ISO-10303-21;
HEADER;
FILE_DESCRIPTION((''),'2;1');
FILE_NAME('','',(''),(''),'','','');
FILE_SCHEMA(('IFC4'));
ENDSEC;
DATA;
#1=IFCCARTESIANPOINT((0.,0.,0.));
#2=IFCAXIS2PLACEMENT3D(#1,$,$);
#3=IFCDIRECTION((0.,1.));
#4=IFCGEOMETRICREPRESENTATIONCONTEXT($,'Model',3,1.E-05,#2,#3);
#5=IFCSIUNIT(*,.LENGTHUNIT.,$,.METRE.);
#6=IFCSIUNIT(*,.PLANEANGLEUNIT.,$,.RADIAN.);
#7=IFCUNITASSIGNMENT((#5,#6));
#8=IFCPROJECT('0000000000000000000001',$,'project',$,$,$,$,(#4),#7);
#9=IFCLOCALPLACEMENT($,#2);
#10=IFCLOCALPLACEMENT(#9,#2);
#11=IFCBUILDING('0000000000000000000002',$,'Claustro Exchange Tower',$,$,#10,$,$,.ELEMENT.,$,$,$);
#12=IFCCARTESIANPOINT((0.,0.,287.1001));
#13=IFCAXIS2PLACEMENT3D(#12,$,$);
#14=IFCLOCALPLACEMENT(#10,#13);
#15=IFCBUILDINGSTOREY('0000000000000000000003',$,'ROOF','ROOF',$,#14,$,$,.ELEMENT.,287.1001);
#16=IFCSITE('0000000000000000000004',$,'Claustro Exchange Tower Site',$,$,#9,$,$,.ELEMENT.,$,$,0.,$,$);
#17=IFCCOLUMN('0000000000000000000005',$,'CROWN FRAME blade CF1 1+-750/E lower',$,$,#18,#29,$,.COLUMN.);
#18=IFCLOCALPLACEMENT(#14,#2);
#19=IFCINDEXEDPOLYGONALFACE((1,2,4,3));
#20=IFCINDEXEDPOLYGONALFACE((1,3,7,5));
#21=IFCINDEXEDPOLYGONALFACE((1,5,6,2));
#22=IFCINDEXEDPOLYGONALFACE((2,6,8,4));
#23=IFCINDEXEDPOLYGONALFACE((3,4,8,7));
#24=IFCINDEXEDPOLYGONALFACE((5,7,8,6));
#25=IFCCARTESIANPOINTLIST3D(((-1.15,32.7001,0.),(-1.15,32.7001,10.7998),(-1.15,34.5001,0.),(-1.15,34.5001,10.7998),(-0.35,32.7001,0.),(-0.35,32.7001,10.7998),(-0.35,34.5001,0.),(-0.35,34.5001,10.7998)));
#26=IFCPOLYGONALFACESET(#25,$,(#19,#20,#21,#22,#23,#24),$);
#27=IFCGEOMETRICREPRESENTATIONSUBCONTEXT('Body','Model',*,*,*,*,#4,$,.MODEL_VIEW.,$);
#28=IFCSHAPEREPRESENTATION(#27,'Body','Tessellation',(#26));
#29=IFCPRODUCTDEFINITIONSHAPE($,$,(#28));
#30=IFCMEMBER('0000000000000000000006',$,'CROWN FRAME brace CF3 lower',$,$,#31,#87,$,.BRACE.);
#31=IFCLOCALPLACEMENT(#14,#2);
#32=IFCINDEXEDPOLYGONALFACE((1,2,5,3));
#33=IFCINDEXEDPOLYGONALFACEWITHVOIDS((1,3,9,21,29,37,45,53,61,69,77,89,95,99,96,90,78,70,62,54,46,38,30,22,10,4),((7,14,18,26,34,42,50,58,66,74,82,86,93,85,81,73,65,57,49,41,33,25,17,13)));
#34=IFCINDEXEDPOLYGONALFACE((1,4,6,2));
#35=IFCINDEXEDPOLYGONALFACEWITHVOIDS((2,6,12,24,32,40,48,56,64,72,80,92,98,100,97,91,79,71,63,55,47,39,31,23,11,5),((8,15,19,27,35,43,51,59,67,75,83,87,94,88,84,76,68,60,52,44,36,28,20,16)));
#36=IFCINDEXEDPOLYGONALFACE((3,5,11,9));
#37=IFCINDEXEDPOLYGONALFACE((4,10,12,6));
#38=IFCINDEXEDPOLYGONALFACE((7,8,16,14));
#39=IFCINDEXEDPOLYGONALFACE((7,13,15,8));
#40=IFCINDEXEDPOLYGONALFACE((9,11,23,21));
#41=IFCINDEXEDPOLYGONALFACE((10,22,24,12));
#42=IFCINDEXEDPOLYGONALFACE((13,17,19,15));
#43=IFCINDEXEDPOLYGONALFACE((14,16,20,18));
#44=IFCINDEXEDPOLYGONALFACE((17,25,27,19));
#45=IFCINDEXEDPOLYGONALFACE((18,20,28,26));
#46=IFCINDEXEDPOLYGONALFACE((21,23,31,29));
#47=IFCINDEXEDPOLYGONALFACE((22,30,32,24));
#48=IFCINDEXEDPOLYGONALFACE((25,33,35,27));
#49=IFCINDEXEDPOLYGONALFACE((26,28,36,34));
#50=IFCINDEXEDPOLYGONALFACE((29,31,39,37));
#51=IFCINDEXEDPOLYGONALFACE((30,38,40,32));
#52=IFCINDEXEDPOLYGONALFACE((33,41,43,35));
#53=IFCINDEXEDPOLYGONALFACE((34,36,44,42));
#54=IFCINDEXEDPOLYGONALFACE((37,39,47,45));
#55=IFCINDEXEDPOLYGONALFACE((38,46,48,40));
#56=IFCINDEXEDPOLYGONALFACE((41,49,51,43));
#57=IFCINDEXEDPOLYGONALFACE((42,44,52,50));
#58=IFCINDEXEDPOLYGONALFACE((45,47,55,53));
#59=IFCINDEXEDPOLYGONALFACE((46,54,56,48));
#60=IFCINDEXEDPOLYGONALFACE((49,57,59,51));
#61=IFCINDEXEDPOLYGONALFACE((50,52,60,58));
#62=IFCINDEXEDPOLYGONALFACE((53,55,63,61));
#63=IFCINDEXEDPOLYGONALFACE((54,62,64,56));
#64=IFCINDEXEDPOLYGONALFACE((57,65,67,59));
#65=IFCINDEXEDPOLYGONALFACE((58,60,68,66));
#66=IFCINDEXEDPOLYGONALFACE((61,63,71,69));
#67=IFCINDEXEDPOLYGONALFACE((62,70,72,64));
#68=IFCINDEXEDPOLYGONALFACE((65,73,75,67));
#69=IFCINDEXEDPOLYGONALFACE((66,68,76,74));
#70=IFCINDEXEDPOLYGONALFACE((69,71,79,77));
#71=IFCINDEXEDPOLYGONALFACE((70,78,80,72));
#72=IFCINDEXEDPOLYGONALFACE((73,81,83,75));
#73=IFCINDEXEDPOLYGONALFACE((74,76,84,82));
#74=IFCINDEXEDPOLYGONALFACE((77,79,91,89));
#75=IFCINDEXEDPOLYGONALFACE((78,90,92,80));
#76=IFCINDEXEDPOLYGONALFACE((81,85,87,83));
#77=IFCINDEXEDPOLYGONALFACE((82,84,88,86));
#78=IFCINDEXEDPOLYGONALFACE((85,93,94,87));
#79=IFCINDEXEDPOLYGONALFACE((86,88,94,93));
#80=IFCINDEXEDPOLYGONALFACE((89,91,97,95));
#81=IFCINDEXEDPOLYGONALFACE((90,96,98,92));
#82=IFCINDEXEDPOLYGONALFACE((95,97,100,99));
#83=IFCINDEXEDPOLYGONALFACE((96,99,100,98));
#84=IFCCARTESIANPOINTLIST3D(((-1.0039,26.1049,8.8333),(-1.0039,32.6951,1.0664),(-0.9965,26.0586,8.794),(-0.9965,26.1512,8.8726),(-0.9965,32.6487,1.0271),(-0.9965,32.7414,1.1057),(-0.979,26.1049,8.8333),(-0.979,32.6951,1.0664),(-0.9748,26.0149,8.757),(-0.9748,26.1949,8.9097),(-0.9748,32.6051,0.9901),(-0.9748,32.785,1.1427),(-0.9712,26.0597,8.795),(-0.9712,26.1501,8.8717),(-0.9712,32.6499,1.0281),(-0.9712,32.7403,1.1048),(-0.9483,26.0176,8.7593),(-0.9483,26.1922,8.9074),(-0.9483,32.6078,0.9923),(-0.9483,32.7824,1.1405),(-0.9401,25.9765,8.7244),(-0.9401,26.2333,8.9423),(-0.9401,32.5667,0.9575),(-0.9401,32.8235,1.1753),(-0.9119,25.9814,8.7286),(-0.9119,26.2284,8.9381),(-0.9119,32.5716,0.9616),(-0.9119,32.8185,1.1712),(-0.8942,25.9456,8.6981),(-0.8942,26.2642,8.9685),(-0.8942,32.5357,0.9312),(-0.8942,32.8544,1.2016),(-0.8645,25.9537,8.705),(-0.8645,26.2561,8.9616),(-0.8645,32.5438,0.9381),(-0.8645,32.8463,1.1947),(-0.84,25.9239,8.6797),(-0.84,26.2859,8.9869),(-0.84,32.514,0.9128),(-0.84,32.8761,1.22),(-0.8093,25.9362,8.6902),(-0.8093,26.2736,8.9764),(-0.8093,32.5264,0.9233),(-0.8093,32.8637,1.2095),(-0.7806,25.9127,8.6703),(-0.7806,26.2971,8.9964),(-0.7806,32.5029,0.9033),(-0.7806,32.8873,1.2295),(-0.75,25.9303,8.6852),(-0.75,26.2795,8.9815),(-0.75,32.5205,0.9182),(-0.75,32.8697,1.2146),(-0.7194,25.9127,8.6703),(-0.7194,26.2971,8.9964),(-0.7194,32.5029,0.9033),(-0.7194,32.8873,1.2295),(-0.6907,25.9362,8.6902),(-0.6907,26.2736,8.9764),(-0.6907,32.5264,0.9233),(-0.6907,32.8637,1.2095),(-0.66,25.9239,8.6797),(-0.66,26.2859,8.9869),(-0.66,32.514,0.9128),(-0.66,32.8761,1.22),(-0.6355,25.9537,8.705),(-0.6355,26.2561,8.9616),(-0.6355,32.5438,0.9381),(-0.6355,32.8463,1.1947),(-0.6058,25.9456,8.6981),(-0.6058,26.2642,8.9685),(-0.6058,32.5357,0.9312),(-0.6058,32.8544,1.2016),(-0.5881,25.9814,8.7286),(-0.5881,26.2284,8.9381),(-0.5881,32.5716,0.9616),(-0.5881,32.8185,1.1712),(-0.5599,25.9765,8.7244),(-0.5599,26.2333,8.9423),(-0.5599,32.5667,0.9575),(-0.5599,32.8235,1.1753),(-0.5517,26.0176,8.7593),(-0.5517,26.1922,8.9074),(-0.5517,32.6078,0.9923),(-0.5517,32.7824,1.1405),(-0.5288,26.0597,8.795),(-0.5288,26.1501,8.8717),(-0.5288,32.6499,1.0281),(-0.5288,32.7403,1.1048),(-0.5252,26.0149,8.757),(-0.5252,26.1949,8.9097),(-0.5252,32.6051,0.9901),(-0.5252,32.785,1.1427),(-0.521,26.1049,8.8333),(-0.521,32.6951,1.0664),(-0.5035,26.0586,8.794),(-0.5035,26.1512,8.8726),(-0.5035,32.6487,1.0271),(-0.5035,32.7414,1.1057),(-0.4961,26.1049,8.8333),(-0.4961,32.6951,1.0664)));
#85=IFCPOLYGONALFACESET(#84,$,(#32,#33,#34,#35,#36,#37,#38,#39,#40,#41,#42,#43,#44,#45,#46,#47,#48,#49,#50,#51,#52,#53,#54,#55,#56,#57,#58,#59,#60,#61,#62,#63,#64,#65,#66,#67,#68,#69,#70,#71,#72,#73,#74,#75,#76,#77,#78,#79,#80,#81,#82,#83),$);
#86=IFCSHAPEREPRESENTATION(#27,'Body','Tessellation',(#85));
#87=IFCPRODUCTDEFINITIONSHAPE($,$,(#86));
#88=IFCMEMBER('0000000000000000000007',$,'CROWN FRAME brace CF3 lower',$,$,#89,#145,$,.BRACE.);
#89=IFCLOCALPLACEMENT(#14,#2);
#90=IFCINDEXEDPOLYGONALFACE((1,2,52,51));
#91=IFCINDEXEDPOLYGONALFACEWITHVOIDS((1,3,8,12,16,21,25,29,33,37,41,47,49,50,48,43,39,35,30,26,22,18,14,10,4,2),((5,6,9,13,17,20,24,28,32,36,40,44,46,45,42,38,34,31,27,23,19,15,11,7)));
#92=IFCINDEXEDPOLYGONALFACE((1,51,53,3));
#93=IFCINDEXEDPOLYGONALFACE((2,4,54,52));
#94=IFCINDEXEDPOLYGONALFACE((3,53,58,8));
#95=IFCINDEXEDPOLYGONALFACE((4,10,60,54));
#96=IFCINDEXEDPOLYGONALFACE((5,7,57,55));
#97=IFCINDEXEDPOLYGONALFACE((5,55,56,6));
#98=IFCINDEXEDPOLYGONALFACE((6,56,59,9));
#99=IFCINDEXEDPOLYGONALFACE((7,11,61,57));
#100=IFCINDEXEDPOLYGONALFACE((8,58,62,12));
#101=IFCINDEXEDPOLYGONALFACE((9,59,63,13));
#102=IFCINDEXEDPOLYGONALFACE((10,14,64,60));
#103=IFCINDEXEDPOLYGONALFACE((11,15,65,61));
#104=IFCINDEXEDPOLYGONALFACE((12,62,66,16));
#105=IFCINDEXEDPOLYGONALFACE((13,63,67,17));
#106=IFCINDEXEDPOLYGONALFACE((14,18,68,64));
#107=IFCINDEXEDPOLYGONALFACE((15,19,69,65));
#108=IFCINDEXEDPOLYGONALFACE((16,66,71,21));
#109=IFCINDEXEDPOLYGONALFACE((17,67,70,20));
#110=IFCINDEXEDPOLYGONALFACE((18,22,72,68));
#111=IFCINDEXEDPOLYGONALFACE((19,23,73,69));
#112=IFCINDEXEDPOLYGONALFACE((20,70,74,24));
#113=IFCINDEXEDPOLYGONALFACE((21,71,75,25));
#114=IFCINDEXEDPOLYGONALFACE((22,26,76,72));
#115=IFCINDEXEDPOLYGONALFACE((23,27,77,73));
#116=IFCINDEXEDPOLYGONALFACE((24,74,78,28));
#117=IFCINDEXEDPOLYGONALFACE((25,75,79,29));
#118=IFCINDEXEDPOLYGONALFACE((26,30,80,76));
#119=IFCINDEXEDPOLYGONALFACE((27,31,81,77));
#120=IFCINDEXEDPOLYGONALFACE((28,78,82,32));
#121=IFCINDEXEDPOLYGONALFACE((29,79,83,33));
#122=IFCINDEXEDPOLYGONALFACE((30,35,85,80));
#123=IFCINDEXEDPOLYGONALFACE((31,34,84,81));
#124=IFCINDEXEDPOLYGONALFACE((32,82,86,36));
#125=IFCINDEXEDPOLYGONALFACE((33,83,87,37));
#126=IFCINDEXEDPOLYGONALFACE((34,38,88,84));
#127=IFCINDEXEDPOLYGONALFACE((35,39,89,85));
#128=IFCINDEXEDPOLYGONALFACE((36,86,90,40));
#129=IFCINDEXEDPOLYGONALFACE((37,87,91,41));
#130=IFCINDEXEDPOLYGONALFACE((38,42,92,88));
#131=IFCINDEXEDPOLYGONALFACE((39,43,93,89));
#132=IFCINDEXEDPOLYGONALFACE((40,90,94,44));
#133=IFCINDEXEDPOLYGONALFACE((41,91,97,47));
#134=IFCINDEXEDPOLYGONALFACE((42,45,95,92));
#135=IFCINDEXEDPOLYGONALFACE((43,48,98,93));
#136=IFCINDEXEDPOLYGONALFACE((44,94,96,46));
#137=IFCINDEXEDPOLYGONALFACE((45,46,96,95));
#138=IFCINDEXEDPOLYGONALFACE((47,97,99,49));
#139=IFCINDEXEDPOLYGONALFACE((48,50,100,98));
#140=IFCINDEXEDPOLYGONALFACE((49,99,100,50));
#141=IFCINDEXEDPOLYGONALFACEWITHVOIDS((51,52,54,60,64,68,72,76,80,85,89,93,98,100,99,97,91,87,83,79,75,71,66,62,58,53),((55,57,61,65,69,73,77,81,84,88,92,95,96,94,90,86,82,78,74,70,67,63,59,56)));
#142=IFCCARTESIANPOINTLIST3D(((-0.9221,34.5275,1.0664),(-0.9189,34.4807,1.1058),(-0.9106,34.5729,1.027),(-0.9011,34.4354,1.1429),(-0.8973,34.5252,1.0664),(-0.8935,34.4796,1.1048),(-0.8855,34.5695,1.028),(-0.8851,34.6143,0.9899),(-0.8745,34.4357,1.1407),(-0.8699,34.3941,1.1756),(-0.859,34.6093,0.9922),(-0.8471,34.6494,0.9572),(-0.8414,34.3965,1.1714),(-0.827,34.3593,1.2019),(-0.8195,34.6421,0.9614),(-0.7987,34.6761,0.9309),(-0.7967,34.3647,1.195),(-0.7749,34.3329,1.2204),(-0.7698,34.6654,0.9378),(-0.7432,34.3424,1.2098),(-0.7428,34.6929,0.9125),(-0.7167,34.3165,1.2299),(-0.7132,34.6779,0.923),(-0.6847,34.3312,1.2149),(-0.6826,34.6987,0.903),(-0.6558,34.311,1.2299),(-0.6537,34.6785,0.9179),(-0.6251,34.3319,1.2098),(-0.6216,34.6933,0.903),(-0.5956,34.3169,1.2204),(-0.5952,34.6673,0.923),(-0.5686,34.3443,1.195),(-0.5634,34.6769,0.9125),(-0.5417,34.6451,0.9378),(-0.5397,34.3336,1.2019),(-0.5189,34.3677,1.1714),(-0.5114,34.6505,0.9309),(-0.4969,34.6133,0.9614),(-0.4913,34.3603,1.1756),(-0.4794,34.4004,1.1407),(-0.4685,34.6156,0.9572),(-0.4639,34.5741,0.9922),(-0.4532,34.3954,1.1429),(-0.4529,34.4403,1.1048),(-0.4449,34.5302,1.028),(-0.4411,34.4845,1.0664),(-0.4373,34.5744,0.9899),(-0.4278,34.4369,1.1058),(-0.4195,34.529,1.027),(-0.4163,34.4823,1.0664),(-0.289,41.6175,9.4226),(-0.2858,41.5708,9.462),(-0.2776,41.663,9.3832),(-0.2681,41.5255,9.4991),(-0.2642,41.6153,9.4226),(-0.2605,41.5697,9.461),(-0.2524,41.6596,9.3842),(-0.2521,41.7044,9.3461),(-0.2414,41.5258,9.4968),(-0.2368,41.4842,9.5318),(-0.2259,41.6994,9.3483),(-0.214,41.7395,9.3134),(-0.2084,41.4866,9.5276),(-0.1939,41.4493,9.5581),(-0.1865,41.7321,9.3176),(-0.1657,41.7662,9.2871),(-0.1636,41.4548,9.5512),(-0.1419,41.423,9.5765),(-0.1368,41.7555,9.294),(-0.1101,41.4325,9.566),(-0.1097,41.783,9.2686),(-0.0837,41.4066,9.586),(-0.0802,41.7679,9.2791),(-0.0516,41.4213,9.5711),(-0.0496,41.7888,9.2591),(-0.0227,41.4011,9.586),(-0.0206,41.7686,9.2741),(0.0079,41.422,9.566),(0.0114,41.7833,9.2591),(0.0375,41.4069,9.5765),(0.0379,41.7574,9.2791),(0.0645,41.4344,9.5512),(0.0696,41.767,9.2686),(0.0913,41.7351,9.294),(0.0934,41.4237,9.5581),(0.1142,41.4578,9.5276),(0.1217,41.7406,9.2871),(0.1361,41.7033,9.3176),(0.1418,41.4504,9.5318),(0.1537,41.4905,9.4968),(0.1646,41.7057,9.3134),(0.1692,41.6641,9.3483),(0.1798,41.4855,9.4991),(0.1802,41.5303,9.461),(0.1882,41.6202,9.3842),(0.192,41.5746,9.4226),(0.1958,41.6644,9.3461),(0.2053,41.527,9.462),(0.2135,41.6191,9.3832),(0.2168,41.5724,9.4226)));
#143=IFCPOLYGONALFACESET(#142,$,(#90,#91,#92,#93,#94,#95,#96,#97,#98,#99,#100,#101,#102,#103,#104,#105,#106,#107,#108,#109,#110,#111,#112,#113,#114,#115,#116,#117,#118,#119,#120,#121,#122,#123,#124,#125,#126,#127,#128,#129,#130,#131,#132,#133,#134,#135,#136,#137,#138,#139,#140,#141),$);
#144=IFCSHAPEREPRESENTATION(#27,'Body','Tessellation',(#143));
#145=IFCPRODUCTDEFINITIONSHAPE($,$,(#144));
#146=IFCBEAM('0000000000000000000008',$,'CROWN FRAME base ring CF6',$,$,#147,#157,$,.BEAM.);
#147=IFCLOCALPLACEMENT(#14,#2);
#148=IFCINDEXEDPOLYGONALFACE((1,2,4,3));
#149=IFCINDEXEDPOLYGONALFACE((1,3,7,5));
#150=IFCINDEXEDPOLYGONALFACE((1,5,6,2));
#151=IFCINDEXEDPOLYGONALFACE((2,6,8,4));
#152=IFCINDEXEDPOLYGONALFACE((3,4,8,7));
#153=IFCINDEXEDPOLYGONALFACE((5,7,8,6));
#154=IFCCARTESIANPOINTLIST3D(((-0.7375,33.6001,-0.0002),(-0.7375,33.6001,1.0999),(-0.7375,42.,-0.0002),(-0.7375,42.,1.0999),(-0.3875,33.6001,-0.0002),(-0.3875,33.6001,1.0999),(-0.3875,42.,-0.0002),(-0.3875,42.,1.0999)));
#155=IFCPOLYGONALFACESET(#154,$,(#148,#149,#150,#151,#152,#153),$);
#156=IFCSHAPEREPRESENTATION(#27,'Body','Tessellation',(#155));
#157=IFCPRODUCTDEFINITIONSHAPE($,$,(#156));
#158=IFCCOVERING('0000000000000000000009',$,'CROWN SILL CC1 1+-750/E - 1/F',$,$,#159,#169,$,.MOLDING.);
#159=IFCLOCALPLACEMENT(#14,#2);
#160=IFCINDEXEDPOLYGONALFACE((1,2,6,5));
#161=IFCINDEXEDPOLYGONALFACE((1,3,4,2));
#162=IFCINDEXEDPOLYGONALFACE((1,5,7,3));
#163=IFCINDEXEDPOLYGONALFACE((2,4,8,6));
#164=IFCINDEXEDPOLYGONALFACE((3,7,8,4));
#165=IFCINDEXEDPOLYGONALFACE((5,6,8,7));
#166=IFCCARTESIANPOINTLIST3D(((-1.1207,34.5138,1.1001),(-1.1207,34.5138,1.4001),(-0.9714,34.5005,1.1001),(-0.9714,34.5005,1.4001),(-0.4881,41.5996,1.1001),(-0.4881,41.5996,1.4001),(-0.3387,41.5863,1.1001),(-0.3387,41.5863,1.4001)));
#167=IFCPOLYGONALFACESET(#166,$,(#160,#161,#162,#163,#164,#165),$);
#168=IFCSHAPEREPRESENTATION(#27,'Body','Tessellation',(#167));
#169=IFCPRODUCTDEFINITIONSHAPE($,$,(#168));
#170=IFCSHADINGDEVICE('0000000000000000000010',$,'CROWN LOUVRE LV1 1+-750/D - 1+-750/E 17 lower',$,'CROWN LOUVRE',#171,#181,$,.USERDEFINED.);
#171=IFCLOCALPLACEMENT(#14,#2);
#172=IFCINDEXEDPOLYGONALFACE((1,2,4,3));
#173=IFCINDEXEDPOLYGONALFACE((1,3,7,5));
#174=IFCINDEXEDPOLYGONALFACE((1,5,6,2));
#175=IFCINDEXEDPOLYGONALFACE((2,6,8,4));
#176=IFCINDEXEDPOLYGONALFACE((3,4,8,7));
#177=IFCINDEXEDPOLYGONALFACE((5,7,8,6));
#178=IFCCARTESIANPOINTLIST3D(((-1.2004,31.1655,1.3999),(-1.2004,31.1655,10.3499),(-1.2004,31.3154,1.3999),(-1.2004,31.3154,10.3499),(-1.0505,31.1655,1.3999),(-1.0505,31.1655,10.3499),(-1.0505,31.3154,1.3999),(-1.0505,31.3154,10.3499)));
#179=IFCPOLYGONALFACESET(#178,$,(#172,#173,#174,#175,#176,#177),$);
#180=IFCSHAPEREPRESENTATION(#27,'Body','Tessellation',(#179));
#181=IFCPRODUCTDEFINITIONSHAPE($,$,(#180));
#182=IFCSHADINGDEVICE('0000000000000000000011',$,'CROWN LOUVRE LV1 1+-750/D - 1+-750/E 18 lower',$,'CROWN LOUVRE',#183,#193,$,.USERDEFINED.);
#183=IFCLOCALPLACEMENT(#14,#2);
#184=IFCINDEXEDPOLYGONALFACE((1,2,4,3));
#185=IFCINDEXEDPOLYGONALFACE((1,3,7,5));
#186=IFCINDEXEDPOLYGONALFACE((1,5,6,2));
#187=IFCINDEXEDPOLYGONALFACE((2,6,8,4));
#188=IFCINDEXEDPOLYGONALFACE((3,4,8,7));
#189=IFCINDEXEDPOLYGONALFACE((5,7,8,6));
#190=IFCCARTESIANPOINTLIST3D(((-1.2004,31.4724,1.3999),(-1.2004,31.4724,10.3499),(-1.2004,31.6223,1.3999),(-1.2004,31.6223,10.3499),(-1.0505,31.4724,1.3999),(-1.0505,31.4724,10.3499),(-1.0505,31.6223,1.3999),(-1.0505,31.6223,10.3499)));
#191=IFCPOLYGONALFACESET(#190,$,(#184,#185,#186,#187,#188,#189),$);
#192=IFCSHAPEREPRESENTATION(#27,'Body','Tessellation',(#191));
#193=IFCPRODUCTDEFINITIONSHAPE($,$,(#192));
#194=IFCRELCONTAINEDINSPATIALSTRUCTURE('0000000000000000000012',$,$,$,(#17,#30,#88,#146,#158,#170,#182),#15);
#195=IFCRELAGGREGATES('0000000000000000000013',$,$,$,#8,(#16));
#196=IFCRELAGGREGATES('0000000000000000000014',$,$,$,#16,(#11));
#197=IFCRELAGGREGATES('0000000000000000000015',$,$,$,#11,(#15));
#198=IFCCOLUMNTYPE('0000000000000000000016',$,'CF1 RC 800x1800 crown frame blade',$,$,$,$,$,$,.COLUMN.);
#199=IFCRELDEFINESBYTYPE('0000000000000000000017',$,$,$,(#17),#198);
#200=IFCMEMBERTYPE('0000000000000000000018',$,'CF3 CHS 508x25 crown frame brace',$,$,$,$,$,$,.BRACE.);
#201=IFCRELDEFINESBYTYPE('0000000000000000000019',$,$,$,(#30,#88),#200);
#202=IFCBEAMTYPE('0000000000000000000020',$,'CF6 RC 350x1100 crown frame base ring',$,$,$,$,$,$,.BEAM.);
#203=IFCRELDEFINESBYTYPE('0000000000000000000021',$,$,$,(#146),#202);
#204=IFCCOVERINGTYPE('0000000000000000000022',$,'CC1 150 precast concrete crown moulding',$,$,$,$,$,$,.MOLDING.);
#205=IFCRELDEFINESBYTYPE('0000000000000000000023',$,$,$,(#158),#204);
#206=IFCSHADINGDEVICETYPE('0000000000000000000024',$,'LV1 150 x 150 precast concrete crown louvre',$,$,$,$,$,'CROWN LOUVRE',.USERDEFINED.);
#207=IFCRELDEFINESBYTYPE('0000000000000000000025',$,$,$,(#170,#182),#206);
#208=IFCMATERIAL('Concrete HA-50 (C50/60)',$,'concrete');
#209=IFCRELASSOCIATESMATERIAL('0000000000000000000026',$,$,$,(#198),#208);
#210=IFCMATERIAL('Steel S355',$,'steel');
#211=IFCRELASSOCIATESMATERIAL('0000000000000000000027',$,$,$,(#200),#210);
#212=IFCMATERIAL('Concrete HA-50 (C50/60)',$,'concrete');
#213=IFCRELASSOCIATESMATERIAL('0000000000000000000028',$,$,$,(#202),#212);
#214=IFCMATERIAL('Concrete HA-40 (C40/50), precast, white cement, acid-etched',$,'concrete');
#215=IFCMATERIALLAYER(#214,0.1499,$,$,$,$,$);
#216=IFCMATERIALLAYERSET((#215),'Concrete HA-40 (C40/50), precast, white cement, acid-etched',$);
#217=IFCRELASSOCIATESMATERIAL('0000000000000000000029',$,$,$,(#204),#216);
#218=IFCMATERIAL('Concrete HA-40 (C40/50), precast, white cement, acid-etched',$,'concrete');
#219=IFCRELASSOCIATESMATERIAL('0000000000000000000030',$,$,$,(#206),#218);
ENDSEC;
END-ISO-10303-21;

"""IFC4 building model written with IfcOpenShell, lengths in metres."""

from ifc_helpers import new_model, si_unit, direction, frame, origin, origin_2d, place, context, subcontext, project, spatial, rectangle, hollow_circle, extrude, material, layer, layer_set, material_profile, profile_set, type_object, element, save


model = new_model("IFC4")

# Units and contexts
model_context = context("Model", 3, precision=1e-05, world=origin(), true_north=direction((0.0, 1.0)))
body_context = subcontext(model_context, "Body", "Model", "MODEL_VIEW")
ifc_project = project(units=[si_unit("LENGTHUNIT", "METRE"), si_unit("PLANEANGLEUNIT", "RADIAN")], contexts=[model_context])

# Site, building, storey
site_placement = place(None, origin())
site = spatial("IfcSite", under=ifc_project, at=site_placement, Name="Claustro Exchange Tower Site", CompositionType="ELEMENT", RefElevation=0.0)
building_placement = place(site_placement, origin())
building = spatial("IfcBuilding", under=site, at=building_placement, Name="Claustro Exchange Tower", CompositionType="ELEMENT")
storey_placement = place(building_placement, frame((0.0, 0.0, 287.1001)))
storey = spatial("IfcBuildingStorey", under=building, at=storey_placement, Name="ROOF", Description="ROOF", CompositionType="ELEMENT", Elevation=287.1001)

# Column
ifc_material_1 = material(Name="Concrete HA-50 (C50/60)", Category="concrete")
ifc_material_profile_1 = material_profile(ifc_material_1, rectangle(XDim=0.8, YDim=1.8, at=origin_2d()), Name="RC 800x1800")
ifc_profile_set_1 = profile_set([ifc_material_profile_1], Name="Concrete HA-50 (C50/60)")
column_type = type_object("IfcColumnType", Name="CF1 RC 800x1800 crown frame blade", PredefinedType="COLUMN", material=ifc_profile_set_1)
column_placement = place(storey_placement, frame((-0.75, 33.6001, 0.0), z_axis=(0.0, 0.0, 1.0), x_axis=(1.0, 0.0, 0.0)))
element("IfcColumn", 1, at=column_placement, inside=storey, type_object=column_type, Name="CROWN FRAME blade CF1 1+-750/E lower", PredefinedType="COLUMN", context=body_context, shape_type="SweptSolid", body=[
    extrude(rectangle(XDim=0.8, YDim=1.8, at=origin_2d()), origin(), (0.0, 0.0, 1.0), 10.7998),
])

# Members
ifc_material_2 = material(Name="Steel S355", Category="steel")
ifc_material_profile_2 = material_profile(ifc_material_2, hollow_circle(Radius=0.2539, WallThickness=0.0249, at=origin_2d()), Name="CHS 508x25")
ifc_profile_set_2 = profile_set([ifc_material_profile_2], Name="Steel S355")
member_type = type_object("IfcMemberType", Name="CF3 CHS 508x25 crown frame brace", PredefinedType="BRACE", material=ifc_profile_set_2)
member_1_placement = place(storey_placement, frame((-0.75, 32.6951, 1.0664), z_axis=(0.0, -0.64698, 0.762507), x_axis=(1.0, 0.0, 0.0)))
element("IfcMember", 2, at=member_1_placement, inside=storey, type_object=member_type, Name="CROWN FRAME brace CF3 lower", PredefinedType="BRACE", context=body_context, shape_type="SweptSolid", body=[
    extrude(hollow_circle(Radius=0.2539, WallThickness=0.0249, at=origin_2d()), origin(), (0.0, 0.0, 1.0), 10.186),
])
member_2_placement = place(storey_placement, frame((-0.6692, 34.5049, 1.0664), z_axis=(0.057671, 0.645899, 0.761241), x_axis=(-0.996038, 0.088934, 0.0)))
element("IfcMember", 3, at=member_2_placement, inside=storey, type_object=member_type, Name="CROWN FRAME brace CF3 lower", PredefinedType="BRACE", context=body_context, shape_type="SweptSolid", body=[
    extrude(hollow_circle(Radius=0.2539, WallThickness=0.0249, at=origin_2d()), origin(), (0.0, 0.0, 1.0), 10.9771),
])

# Beam
ifc_material_3 = material(Name="Concrete HA-50 (C50/60)", Category="concrete")
ifc_material_profile_3 = material_profile(ifc_material_3, rectangle(XDim=0.3501, YDim=1.1001, at=origin_2d()), Name="RC 350x1100")
ifc_profile_set_3 = profile_set([ifc_material_profile_3], Name="Concrete HA-50 (C50/60)")
beam_type = type_object("IfcBeamType", Name="CF6 RC 350x1100 crown frame base ring", PredefinedType="BEAM", material=ifc_profile_set_3)
beam_placement = place(storey_placement, frame((-0.5625, 33.6001, 0.5498), z_axis=(0.0, 1.0, 0.0), x_axis=(-1.0, 0.0, 0.0)))
element("IfcBeam", 4, at=beam_placement, inside=storey, type_object=beam_type, Name="CROWN FRAME base ring CF6", PredefinedType="BEAM", context=body_context, shape_type="SweptSolid", body=[
    extrude(rectangle(XDim=0.3501, YDim=1.1001, at=origin_2d()), origin(), (0.0, 0.0, 1.0), 8.3999),
])

# Covering
ifc_material_4 = material(Name="Concrete HA-40 (C40/50), precast, white cement, acid-etched", Category="concrete")
ifc_layer_1 = layer(ifc_material_4, 0.1499)
ifc_layer_set_1 = layer_set([ifc_layer_1], Name="Concrete HA-40 (C40/50), precast, white cement, acid-etched")
covering_type = type_object("IfcCoveringType", Name="CC1 150 precast concrete crown moulding", PredefinedType="MOLDING", material=ifc_layer_set_1)
covering_placement = place(storey_placement, frame((-0.7297, 38.05, 1.1001), z_axis=(0.0, 0.0, 1.0), x_axis=(0.088933, 0.996038, 0.0)))
element("IfcCovering", 5, at=covering_placement, inside=storey, type_object=covering_type, Name="CROWN SILL CC1 1+-750/E - 1/F", PredefinedType="MOLDING", context=body_context, shape_type="SweptSolid", body=[
    extrude(rectangle(XDim=7.114, YDim=0.1499, at=origin_2d()), origin(), (0.0, 0.0, 1.0), 0.3),
])

# Shading devices
ifc_material_5 = material(Name="Concrete HA-40 (C40/50), precast, white cement, acid-etched", Category="concrete")
shading_device_type = type_object("IfcShadingDeviceType", Name="LV1 150 x 150 precast concrete crown louvre", ElementType="CROWN LOUVRE", PredefinedType="USERDEFINED", material=ifc_material_5)
for number, where, z_axis, x_axis, name in (
    (6, (-1.1255, 31.2405, 1.3999), (0.0, 0.0, 1.0), (0.0, 1.0, 0.0), "CROWN LOUVRE LV1 1+-750/D - 1+-750/E 17 lower"),
    (7, (-1.1255, 31.5474, 1.3999), (0.0, 0.0, 1.0), (0.0, 1.0, 0.0), "CROWN LOUVRE LV1 1+-750/D - 1+-750/E 18 lower"),
):
    element("IfcShadingDevice", number, at=place(storey_placement, frame(where, z_axis=z_axis, x_axis=x_axis)), inside=storey, type_object=shading_device_type, Name=name, ObjectType="CROWN LOUVRE", PredefinedType="USERDEFINED", context=body_context, shape_type="SweptSolid", body=[
        extrude(rectangle(XDim=0.1499, YDim=0.1499, at=origin_2d()), origin(), (0.0, 0.0, 1.0), 8.95),
    ])

save(model, "model.ifc")
